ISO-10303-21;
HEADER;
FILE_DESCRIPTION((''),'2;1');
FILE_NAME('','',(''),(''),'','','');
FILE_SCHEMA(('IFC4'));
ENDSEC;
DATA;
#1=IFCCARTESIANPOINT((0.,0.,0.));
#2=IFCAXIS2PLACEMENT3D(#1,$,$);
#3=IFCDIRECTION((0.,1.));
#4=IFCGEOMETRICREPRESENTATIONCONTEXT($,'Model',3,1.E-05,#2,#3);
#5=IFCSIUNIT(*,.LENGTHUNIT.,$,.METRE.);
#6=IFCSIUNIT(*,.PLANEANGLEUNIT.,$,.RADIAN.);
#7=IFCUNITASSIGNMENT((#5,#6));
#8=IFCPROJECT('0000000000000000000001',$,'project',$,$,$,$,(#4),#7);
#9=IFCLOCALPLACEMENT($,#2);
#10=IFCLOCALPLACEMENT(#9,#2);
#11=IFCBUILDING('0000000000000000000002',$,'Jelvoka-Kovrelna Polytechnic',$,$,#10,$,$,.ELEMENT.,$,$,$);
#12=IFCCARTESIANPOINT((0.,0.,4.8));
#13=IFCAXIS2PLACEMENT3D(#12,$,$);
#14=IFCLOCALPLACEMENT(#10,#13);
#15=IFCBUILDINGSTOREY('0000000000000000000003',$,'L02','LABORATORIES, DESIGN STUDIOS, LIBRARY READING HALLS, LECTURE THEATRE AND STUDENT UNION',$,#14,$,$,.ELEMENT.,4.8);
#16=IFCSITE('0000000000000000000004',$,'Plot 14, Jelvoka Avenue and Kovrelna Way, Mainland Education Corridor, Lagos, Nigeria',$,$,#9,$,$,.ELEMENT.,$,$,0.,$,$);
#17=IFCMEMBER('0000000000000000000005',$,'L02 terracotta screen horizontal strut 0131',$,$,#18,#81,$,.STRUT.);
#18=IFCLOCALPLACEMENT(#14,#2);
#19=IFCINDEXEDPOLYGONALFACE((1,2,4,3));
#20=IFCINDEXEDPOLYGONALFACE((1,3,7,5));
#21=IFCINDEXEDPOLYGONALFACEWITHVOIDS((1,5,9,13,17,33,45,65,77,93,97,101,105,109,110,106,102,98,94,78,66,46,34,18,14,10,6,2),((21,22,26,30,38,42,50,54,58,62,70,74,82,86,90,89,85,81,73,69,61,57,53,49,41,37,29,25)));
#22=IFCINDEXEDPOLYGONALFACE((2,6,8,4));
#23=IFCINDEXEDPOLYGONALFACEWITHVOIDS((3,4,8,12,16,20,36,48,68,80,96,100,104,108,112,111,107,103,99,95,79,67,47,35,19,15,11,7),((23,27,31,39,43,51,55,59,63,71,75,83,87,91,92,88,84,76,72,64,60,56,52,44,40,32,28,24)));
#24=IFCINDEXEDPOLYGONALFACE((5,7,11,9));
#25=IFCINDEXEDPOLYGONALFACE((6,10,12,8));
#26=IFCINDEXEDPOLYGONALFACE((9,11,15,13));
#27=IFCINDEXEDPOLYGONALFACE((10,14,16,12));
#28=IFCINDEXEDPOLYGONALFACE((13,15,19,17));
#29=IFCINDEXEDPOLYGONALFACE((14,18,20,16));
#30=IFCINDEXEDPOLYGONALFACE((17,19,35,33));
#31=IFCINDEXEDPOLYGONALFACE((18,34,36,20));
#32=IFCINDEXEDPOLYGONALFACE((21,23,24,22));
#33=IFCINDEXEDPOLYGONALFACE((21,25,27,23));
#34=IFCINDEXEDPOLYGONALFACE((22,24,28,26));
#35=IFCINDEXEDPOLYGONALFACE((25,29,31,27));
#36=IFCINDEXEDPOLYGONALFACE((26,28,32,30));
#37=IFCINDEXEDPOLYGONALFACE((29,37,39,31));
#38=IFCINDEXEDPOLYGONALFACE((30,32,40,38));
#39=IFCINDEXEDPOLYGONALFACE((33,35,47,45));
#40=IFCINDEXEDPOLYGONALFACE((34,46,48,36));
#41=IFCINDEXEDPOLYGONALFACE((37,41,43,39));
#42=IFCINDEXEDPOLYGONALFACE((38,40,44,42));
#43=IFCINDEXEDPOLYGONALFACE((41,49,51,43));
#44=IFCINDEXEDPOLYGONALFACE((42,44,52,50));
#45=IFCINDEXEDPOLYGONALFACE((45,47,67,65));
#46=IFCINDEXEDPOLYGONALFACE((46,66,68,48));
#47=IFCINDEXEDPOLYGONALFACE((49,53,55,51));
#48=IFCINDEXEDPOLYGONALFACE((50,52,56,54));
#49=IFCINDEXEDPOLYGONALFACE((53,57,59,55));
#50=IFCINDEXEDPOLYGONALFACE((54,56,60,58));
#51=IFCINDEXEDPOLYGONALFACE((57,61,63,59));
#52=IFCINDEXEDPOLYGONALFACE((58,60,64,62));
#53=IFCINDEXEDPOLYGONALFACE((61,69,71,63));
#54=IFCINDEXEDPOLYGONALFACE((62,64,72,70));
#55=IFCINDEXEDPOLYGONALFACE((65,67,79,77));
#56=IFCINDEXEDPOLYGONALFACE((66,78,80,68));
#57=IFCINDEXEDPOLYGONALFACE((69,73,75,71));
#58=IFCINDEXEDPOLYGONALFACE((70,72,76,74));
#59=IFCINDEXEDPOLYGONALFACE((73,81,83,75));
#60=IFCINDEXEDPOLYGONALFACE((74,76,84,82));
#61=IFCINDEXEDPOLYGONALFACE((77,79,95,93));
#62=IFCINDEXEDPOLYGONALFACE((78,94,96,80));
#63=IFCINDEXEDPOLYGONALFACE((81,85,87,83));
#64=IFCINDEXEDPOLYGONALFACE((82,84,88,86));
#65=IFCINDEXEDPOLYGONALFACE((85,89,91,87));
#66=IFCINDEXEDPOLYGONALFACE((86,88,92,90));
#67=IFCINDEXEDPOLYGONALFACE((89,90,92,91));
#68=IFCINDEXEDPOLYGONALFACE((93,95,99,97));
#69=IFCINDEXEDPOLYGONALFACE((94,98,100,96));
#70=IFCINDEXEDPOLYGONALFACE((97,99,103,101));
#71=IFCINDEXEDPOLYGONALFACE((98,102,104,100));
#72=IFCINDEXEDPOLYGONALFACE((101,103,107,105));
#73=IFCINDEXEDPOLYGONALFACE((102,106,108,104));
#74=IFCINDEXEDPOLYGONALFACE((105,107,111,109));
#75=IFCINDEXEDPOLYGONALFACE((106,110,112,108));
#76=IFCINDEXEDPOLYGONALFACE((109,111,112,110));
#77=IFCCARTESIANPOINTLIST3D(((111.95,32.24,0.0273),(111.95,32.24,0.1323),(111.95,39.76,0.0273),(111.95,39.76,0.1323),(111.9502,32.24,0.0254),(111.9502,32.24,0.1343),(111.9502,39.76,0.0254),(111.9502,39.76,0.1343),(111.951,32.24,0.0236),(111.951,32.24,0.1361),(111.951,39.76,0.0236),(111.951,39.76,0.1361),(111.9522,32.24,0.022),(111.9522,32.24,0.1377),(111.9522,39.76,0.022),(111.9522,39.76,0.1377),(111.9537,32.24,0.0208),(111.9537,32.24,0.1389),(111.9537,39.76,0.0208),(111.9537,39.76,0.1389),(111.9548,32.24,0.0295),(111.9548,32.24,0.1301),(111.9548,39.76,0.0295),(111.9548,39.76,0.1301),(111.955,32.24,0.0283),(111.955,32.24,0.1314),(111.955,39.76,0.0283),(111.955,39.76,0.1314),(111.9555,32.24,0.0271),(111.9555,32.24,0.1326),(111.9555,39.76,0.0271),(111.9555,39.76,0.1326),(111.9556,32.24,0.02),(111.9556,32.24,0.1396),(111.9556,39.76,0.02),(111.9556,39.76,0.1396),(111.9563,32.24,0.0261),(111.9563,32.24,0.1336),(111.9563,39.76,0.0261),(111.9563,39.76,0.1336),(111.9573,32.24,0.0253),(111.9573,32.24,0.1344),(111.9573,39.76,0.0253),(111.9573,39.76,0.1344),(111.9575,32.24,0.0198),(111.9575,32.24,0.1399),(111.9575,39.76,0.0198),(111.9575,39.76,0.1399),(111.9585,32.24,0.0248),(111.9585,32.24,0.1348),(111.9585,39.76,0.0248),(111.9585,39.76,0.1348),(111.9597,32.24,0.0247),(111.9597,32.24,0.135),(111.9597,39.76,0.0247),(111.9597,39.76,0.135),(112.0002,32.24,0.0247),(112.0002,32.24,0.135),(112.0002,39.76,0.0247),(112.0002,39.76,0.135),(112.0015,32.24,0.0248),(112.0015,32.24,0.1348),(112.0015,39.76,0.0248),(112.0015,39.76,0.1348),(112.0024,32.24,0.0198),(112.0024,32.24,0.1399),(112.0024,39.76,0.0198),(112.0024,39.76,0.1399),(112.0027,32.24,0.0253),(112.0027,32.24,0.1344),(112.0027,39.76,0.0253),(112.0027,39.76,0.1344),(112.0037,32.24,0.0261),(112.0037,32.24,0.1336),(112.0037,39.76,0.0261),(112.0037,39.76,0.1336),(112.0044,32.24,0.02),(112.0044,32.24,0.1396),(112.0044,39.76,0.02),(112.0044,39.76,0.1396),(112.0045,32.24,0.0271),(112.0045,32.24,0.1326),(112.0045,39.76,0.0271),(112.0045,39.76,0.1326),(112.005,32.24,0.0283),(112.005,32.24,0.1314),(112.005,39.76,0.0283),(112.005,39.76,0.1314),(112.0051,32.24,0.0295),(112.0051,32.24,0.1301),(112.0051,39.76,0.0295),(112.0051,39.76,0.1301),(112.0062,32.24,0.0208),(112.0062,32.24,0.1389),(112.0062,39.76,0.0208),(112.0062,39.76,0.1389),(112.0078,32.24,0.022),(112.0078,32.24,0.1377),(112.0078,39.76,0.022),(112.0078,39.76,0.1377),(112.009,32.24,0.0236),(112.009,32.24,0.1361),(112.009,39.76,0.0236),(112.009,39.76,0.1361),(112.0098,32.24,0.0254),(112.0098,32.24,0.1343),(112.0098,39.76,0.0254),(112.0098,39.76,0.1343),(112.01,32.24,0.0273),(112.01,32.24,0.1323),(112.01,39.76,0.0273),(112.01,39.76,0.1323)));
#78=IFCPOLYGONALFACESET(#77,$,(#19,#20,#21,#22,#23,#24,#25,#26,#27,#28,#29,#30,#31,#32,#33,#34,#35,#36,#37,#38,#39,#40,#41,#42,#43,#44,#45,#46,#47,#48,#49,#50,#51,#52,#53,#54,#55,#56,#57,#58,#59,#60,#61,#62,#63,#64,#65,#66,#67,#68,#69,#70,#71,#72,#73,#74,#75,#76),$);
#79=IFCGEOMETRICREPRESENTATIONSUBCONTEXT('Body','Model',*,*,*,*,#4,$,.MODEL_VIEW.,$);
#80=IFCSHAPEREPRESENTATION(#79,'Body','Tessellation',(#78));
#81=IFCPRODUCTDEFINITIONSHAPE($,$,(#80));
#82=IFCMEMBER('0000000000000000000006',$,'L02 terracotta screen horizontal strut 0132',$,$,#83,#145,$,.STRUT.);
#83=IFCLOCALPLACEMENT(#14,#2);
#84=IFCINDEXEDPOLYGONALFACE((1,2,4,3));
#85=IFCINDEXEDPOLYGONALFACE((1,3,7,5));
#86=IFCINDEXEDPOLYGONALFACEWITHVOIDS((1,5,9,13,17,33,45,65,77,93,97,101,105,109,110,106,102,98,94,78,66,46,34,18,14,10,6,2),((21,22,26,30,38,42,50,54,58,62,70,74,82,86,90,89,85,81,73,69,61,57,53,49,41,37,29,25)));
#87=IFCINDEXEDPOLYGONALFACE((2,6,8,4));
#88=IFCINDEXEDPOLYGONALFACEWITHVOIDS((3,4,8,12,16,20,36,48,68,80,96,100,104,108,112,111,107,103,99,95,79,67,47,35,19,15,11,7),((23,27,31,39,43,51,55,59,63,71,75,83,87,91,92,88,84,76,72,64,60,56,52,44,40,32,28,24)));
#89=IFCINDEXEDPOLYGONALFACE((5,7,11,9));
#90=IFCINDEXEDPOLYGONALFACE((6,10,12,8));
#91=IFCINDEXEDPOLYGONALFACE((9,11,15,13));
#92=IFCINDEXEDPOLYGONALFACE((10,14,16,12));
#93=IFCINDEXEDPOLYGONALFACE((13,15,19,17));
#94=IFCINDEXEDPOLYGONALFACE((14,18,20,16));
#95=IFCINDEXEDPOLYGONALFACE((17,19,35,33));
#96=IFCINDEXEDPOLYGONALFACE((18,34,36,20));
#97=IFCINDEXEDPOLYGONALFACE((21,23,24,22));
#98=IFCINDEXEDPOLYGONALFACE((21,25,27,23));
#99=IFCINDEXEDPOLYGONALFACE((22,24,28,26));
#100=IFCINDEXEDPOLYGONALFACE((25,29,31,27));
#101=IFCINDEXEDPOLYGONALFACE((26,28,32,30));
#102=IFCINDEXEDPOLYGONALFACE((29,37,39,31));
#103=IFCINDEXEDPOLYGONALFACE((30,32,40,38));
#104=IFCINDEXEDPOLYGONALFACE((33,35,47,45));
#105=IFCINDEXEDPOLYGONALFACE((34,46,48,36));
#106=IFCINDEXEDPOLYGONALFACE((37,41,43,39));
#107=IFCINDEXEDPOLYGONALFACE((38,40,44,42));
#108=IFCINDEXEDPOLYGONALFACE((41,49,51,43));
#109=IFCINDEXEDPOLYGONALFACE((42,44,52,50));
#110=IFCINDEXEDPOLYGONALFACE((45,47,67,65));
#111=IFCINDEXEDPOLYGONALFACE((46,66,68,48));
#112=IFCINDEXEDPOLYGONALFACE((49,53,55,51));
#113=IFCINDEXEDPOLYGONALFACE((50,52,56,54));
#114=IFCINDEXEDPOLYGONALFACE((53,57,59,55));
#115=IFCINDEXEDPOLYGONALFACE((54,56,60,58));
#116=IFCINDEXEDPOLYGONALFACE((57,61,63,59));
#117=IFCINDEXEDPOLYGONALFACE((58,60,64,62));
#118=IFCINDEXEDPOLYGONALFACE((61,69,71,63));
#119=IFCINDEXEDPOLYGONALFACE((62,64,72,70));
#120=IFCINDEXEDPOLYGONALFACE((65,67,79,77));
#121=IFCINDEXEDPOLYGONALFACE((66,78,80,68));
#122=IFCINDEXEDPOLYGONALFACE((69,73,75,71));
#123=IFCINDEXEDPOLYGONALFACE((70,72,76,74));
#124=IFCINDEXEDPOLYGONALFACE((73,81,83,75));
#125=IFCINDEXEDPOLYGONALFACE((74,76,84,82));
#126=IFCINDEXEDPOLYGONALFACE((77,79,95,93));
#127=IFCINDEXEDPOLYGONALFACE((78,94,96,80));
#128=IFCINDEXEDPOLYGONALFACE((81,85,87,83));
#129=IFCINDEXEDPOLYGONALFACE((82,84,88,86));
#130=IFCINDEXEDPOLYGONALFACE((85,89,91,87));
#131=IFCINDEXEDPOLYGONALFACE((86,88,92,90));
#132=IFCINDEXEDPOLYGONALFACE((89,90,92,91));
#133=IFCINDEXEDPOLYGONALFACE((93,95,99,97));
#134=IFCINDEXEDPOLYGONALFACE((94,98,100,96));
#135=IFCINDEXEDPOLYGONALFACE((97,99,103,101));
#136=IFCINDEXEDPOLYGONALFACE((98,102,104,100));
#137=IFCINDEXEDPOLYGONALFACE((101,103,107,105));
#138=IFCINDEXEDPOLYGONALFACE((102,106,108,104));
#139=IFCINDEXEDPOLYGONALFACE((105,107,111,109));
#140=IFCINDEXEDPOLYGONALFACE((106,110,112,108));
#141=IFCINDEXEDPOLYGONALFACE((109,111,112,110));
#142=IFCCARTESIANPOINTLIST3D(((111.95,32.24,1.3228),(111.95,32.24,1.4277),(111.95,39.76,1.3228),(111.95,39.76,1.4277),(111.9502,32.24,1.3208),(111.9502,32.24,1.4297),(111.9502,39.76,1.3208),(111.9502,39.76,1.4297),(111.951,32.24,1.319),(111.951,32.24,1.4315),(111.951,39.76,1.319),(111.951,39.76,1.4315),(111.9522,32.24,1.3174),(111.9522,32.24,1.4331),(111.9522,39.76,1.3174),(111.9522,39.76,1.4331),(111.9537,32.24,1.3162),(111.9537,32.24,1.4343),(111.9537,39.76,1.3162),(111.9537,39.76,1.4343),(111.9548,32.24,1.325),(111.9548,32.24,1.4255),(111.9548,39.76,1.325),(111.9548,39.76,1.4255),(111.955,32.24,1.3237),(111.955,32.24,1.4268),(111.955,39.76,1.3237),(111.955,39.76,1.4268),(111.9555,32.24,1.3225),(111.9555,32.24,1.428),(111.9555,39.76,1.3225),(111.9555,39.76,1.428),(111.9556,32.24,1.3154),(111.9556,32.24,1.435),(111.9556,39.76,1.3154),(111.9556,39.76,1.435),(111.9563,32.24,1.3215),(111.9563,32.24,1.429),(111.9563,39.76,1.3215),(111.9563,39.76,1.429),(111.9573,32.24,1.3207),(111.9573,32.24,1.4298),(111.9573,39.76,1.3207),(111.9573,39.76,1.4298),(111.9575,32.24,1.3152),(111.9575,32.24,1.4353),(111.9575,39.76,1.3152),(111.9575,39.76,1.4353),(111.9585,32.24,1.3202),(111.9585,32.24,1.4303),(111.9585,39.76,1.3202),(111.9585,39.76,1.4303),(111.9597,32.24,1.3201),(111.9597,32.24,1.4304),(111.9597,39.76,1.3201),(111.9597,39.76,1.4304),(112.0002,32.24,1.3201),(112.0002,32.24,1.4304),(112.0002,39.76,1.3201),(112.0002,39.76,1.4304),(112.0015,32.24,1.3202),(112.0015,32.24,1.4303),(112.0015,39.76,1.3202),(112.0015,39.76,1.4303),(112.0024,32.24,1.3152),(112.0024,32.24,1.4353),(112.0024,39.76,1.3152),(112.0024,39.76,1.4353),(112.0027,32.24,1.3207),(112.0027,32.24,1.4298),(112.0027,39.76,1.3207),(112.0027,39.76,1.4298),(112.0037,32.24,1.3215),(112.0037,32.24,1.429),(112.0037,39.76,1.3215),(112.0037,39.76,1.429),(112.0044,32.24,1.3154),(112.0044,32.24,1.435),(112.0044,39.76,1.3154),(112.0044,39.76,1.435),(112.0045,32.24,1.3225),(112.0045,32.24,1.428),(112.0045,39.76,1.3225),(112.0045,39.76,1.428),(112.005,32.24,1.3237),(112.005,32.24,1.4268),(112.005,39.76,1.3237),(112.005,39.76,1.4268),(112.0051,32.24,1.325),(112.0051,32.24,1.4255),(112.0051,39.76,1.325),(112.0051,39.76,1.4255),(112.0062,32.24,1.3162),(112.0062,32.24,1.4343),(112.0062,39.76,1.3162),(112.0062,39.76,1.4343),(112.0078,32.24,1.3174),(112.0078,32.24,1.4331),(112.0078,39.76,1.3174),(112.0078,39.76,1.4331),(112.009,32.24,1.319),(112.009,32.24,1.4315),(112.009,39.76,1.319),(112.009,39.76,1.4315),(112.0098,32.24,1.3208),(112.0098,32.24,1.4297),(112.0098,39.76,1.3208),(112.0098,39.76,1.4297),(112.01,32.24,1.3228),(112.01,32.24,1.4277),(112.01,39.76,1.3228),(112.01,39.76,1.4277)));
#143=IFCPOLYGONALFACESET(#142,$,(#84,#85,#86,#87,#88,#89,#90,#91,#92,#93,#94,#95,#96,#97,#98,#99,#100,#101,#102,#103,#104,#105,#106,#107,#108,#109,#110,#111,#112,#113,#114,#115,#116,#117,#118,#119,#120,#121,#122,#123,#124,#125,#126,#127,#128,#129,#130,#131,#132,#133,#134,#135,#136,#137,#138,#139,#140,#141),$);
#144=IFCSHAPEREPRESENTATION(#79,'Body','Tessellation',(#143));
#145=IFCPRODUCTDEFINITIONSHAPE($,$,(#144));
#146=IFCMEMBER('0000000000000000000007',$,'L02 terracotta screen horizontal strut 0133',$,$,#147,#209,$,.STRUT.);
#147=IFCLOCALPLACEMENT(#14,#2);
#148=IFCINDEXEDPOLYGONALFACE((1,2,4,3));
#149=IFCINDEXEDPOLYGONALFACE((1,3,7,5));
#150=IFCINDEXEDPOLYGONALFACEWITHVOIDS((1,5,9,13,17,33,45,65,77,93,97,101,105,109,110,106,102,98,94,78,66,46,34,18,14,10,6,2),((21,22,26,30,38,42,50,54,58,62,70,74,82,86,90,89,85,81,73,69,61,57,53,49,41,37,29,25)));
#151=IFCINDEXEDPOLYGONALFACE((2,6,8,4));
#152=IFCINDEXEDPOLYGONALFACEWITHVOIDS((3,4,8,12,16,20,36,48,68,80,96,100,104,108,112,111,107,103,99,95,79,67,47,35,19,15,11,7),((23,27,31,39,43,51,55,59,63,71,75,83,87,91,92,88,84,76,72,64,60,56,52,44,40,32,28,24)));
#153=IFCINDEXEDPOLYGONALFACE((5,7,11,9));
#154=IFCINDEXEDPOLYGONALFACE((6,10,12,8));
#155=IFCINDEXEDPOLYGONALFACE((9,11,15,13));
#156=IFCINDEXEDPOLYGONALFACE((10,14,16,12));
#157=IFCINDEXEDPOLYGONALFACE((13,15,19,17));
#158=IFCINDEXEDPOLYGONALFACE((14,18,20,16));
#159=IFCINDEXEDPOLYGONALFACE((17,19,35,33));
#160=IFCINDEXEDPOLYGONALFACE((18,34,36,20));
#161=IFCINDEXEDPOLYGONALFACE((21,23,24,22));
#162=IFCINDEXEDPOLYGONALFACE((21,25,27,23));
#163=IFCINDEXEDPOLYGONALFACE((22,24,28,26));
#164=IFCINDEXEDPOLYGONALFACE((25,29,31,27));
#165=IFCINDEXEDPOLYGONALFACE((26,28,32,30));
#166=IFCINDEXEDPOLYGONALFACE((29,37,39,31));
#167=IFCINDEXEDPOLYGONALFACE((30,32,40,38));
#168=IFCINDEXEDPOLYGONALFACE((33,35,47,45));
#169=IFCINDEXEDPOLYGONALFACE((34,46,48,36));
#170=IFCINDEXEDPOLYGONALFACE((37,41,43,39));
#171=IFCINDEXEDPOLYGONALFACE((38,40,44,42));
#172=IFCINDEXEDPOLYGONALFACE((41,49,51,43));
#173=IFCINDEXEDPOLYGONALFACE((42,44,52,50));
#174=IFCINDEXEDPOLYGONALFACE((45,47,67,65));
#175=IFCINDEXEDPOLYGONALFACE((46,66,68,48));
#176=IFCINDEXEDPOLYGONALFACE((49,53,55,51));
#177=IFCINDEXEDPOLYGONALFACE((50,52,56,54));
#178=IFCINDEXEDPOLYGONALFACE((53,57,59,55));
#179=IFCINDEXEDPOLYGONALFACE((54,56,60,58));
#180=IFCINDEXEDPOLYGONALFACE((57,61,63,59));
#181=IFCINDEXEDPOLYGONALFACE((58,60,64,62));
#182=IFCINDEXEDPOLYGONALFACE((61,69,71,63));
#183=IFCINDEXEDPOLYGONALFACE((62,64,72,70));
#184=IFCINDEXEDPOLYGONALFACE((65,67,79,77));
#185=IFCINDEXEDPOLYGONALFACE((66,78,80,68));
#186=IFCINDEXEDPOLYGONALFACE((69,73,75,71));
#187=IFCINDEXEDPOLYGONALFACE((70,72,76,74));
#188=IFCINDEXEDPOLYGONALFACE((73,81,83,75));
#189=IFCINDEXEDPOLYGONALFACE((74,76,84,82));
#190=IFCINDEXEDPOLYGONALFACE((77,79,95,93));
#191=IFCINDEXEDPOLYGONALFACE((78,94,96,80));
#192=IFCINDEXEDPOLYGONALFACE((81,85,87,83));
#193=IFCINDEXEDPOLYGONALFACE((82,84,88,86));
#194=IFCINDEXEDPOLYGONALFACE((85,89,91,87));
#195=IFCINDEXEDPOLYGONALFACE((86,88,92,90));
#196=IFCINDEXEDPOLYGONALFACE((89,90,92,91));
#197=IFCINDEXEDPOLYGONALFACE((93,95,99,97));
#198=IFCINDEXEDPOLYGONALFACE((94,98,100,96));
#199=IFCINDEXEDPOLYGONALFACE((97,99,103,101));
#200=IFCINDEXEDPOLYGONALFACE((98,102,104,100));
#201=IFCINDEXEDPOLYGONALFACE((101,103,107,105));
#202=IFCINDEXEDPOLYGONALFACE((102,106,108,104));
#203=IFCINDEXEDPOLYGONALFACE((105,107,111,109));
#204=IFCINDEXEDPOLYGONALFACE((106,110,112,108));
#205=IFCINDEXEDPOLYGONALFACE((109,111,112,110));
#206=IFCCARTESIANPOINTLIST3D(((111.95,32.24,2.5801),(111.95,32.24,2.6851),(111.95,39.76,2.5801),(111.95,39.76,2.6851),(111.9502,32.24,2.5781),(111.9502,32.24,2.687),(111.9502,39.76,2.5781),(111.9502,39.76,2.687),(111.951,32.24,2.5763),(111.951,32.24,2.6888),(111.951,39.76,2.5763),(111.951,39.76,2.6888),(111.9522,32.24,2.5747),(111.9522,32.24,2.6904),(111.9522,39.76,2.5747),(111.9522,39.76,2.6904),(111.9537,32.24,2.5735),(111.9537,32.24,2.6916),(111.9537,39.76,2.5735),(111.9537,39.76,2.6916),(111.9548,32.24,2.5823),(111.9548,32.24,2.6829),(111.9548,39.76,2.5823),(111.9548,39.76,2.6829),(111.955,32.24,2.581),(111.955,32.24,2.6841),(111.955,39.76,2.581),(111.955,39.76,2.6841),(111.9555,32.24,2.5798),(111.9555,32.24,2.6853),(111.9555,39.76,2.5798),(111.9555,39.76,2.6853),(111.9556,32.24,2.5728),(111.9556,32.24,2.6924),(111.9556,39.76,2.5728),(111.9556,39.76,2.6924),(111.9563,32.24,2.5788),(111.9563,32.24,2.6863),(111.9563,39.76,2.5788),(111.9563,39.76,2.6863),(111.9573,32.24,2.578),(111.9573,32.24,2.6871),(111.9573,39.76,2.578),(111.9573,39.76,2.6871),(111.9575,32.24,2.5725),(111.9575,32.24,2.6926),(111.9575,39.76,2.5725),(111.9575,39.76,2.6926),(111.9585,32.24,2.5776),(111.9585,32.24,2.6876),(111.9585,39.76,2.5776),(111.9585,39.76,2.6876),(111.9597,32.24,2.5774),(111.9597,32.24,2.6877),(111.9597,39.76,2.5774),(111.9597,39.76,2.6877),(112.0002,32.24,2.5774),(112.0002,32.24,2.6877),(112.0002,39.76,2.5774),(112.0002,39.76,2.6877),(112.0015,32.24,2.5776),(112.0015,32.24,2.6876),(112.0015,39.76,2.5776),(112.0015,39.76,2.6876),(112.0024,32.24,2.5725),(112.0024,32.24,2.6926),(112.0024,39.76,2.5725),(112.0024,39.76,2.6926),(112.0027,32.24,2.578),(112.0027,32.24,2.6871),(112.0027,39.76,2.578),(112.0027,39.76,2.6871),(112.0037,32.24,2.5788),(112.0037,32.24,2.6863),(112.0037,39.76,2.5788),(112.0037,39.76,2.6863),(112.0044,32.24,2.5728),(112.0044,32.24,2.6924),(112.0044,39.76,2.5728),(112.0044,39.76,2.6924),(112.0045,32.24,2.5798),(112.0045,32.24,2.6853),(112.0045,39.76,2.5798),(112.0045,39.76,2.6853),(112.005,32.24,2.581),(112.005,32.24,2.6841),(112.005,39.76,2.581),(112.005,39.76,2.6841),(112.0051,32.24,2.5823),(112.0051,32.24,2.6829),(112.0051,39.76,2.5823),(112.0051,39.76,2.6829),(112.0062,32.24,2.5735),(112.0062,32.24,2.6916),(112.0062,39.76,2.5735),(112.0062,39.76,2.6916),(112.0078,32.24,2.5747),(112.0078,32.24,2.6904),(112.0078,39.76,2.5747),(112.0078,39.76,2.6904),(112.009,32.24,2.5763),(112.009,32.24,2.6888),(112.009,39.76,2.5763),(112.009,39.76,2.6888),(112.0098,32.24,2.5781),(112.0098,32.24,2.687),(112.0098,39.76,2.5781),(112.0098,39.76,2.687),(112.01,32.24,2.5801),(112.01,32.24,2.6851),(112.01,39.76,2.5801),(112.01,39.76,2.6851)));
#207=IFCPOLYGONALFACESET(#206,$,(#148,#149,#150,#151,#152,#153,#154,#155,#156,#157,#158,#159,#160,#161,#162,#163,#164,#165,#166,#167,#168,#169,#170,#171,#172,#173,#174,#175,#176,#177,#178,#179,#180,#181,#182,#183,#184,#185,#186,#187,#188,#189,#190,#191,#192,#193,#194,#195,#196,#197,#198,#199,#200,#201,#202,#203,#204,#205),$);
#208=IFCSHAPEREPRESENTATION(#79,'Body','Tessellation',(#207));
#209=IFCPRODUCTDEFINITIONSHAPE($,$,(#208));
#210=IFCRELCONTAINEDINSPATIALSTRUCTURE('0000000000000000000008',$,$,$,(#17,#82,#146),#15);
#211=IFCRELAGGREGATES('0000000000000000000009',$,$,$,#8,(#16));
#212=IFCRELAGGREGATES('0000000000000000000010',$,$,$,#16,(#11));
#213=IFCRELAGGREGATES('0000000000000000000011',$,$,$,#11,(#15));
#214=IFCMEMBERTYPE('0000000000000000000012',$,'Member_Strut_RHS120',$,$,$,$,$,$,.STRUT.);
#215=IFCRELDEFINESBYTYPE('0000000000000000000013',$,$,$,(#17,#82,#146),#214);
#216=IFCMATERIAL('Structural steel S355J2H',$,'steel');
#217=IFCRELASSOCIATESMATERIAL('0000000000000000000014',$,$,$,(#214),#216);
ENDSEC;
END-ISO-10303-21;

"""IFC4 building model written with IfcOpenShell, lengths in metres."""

from ifc_helpers import new_model, si_unit, direction, frame, origin, origin_2d, place, context, subcontext, project, spatial, hollow_rectangle, extrude, material, material_profile, profile_set, type_object, element, save


model = new_model("IFC4")

# Units and contexts
model_context = context("Model", 3, precision=1e-05, world=origin(), true_north=direction((0.0, 1.0)))
body_context = subcontext(model_context, "Body", "Model", "MODEL_VIEW")
ifc_project = project(units=[si_unit("LENGTHUNIT", "METRE"), si_unit("PLANEANGLEUNIT", "RADIAN")], contexts=[model_context])

# Site, building, storey
site_placement = place(None, origin())
site = spatial("IfcSite", under=ifc_project, at=site_placement, Name="Plot 14, Jelvoka Avenue and Kovrelna Way, Mainland Education Corridor, Lagos, Nigeria", CompositionType="ELEMENT", RefElevation=0.0)
building_placement = place(site_placement, origin())
building = spatial("IfcBuilding", under=site, at=building_placement, Name="Jelvoka-Kovrelna Polytechnic", CompositionType="ELEMENT")
storey_placement = place(building_placement, frame((0.0, 0.0, 4.8)))
storey = spatial("IfcBuildingStorey", under=building, at=storey_placement, Name="L02", Description="LABORATORIES, DESIGN STUDIOS, LIBRARY READING HALLS, LECTURE THEATRE AND STUDENT UNION", CompositionType="ELEMENT", Elevation=4.8)

# Members
ifc_material_1 = material(Name="Structural steel S355J2H", Category="steel")
ifc_material_profile_1 = material_profile(ifc_material_1, hollow_rectangle(XDim=0.0601, YDim=0.1201, WallThickness=0.0049, InnerFilletRadius=0.0049, OuterFilletRadius=0.0076, at=origin_2d()), Name="120x60x5.0 RHS")
ifc_profile_set_1 = profile_set([ifc_material_profile_1], Name="Structural steel S355J2H")
member_type_1 = type_object("IfcMemberType", Name="Member_Strut_RHS120", PredefinedType="STRUT", material=ifc_profile_set_1)
for number, where, z_axis, x_axis, name in (
    (1, (111.98, 32.24, 0.0798), (0.0, 1.0, 0.0), (-1.0, 0.0, 0.0), "L02 terracotta screen horizontal strut 0131"),
    (2, (111.98, 32.24, 1.3752), (0.0, 1.0, 0.0), (-1.0, 0.0, 0.0), "L02 terracotta screen horizontal strut 0132"),
    (3, (111.98, 32.24, 2.6326), (0.0, 1.0, 0.0), (-1.0, 0.0, 0.0), "L02 terracotta screen horizontal strut 0133"),
):
    element("IfcMember", number, at=place(storey_placement, frame(where, z_axis=z_axis, x_axis=x_axis)), inside=storey, type_object=member_type_1, Name=name, PredefinedType="STRUT", context=body_context, shape_type="SweptSolid", body=[
        extrude(hollow_rectangle(XDim=0.0601, YDim=0.1201, WallThickness=0.0049, InnerFilletRadius=0.0049, OuterFilletRadius=0.0076, at=origin_2d()), origin(), (0.0, 0.0, 1.0), 7.52),
    ])

save(model, "model.ifc")
